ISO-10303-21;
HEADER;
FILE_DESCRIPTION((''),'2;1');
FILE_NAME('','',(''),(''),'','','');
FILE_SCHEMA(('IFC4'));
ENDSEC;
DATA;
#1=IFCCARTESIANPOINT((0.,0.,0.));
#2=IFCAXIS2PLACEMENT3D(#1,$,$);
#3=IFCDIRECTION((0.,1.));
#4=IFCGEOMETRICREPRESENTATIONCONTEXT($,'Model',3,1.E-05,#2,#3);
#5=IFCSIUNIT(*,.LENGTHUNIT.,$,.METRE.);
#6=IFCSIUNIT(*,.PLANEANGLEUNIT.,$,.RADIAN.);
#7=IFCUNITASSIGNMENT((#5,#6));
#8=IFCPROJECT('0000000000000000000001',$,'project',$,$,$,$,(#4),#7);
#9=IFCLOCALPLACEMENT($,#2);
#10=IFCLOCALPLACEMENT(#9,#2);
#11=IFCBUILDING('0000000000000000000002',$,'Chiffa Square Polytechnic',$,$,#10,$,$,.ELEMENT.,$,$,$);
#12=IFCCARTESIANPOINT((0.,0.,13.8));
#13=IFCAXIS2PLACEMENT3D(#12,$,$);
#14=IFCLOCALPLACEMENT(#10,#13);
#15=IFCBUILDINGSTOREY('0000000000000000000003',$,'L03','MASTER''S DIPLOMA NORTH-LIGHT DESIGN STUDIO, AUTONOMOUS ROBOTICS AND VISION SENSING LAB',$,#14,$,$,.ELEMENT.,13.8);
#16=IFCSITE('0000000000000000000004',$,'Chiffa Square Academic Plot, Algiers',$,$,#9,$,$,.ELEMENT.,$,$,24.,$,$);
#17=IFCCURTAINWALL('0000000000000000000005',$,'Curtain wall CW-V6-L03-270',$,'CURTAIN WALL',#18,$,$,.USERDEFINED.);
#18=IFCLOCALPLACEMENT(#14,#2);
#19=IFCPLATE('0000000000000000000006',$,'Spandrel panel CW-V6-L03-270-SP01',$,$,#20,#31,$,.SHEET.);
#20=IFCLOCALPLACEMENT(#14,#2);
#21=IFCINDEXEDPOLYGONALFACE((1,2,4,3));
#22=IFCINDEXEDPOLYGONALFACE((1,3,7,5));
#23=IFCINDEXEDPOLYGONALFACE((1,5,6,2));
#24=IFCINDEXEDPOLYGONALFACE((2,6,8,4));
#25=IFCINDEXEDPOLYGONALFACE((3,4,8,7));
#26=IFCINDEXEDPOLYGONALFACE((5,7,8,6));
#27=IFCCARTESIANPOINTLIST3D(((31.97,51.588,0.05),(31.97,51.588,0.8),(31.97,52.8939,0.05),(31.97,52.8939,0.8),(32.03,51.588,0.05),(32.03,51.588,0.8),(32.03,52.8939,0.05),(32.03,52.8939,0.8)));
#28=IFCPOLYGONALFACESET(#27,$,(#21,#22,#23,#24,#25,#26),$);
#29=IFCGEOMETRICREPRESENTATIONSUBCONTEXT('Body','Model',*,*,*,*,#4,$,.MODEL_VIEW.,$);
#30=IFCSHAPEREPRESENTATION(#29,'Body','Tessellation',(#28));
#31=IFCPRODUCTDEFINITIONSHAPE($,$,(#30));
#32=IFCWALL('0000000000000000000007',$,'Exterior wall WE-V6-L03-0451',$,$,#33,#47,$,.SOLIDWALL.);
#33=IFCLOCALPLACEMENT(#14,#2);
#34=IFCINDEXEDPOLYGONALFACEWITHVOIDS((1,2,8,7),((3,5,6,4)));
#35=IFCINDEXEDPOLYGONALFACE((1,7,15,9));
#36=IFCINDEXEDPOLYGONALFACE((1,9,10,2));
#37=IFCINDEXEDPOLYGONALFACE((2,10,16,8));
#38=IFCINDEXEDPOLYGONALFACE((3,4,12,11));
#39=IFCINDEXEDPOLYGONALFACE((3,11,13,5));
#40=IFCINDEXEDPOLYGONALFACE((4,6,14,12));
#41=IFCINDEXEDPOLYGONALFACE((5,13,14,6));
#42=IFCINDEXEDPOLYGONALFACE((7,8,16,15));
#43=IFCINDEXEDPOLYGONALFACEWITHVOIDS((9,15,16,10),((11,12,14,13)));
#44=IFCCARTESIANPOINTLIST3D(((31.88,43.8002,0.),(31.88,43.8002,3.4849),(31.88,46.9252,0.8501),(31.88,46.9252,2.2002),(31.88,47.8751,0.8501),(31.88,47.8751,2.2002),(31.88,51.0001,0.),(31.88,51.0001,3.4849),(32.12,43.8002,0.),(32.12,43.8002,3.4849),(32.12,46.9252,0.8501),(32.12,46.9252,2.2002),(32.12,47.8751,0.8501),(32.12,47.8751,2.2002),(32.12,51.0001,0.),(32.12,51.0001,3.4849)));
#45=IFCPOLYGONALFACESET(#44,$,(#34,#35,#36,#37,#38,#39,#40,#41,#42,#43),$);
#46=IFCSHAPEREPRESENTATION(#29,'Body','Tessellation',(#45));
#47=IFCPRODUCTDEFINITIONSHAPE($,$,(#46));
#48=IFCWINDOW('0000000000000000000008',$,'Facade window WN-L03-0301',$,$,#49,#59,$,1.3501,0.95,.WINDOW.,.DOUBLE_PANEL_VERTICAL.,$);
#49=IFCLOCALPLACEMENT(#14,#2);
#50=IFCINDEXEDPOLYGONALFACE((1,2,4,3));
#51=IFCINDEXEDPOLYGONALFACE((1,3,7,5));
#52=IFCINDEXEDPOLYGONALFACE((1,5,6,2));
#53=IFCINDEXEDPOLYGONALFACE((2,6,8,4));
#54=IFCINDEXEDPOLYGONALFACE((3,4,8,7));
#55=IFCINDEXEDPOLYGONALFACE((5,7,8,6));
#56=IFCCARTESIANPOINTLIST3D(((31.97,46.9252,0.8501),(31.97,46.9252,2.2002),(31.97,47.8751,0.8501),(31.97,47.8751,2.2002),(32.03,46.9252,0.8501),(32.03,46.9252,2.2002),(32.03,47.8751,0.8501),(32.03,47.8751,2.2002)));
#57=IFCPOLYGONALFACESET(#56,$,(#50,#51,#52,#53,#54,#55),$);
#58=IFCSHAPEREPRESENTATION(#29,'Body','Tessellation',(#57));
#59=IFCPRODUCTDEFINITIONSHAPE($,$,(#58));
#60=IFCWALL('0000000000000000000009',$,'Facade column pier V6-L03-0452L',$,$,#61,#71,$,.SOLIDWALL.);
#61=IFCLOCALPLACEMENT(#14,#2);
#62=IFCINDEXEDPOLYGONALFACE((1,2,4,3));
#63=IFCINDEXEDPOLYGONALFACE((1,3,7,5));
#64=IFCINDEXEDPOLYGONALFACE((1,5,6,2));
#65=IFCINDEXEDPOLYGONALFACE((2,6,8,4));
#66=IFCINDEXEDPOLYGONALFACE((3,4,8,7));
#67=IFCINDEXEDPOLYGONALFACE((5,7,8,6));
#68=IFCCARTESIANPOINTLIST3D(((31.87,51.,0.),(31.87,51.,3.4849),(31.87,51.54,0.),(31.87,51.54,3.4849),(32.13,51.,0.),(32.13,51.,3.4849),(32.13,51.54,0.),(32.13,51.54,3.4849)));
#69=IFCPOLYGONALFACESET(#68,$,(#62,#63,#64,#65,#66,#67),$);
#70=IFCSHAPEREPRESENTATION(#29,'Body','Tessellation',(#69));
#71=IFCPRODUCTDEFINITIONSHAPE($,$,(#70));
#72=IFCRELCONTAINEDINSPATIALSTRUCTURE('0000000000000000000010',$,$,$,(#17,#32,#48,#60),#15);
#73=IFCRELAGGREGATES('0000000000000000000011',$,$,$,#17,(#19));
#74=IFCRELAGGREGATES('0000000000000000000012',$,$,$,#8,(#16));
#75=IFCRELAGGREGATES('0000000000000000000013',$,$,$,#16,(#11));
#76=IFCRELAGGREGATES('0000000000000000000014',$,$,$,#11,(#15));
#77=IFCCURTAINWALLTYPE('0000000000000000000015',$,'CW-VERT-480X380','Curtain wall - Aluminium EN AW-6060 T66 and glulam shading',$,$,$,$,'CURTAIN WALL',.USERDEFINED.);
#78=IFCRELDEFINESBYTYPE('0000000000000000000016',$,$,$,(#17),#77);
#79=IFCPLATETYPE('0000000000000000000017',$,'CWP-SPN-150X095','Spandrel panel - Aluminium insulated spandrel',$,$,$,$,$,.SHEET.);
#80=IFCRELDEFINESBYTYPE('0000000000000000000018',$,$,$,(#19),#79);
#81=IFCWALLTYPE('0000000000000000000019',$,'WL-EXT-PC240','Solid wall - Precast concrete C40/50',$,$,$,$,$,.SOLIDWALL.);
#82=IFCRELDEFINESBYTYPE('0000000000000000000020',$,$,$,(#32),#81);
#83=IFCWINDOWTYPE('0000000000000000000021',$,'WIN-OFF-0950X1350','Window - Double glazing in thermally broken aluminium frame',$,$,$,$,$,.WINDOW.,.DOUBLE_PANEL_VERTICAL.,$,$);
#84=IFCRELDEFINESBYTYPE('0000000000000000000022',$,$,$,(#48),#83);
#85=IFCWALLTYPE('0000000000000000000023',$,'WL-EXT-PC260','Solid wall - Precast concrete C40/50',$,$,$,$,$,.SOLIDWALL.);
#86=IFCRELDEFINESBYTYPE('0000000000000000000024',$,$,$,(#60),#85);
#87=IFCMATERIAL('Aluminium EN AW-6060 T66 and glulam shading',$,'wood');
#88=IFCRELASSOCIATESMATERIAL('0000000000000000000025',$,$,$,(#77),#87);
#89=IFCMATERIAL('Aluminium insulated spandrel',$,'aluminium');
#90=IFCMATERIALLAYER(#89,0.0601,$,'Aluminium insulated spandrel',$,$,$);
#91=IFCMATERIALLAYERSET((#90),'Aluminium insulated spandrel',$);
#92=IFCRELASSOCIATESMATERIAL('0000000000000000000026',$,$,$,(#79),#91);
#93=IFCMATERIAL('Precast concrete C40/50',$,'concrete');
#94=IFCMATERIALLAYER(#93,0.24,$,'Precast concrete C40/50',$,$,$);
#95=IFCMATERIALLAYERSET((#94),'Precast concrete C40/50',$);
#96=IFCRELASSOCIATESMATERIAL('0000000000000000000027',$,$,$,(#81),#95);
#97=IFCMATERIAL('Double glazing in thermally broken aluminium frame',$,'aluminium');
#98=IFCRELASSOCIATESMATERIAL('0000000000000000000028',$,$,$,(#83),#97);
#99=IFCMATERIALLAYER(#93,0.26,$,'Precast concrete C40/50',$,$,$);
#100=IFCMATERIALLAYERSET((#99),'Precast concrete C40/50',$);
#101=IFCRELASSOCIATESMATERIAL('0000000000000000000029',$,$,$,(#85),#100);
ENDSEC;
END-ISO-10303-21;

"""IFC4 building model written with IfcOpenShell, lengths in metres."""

from ifc_helpers import new_model, si_unit, direction, frame, frame_2d, origin, origin_2d, place, context, subcontext, project, spatial, rectangle, extrude, material, layer, layer_set, type_object, element, fill, aggregate, save


model = new_model("IFC4")

# Units and contexts
model_context = context("Model", 3, precision=1e-05, world=origin(), true_north=direction((0.0, 1.0)))
body_context = subcontext(model_context, "Body", "Model", "MODEL_VIEW")
ifc_project = project(units=[si_unit("LENGTHUNIT", "METRE"), si_unit("PLANEANGLEUNIT", "RADIAN")], contexts=[model_context])

# Site, building, storey
site_placement = place(None, origin())
site = spatial("IfcSite", under=ifc_project, at=site_placement, Name="Chiffa Square Academic Plot, Algiers", CompositionType="ELEMENT", RefElevation=24.0)
building_placement = place(site_placement, origin())
building = spatial("IfcBuilding", under=site, at=building_placement, Name="Chiffa Square Polytechnic", CompositionType="ELEMENT")
storey_placement = place(building_placement, frame((0.0, 0.0, 13.8)))
storey = spatial("IfcBuildingStorey", under=building, at=storey_placement, Name="L03", Description="MASTER'S DIPLOMA NORTH-LIGHT DESIGN STUDIO, AUTONOMOUS ROBOTICS AND VISION SENSING LAB", CompositionType="ELEMENT", Elevation=13.8)

# Curtain wall
ifc_material_1 = material(Name="Aluminium EN AW-6060 T66 and glulam shading", Category="wood")
curtain_wall_type = type_object("IfcCurtainWallType", Name="CW-VERT-480X380", Description="Curtain wall - Aluminium EN AW-6060 T66 and glulam shading", ElementType="CURTAIN WALL", PredefinedType="USERDEFINED", material=ifc_material_1)
curtain_wall_placement = place(storey_placement, origin())
curtain_wall = element("IfcCurtainWall", 1, at=curtain_wall_placement, inside=storey, type_object=curtain_wall_type, Name="Curtain wall CW-V6-L03-270", ObjectType="CURTAIN WALL", PredefinedType="USERDEFINED")

# Plate
ifc_material_2 = material(Name="Aluminium insulated spandrel", Category="aluminium")
ifc_layer_1 = layer(ifc_material_2, 0.0601, Name="Aluminium insulated spandrel")
ifc_layer_set_1 = layer_set([ifc_layer_1], Name="Aluminium insulated spandrel")
plate_type_1 = type_object("IfcPlateType", Name="CWP-SPN-150X095", Description="Spandrel panel - Aluminium insulated spandrel", PredefinedType="SHEET", material=ifc_layer_set_1)
plate_1_placement = place(storey_placement, frame((32.0, 52.241, 0.05), z_axis=(0.0, 0.0, 1.0), x_axis=(0.0, 1.0, 0.0)))
plate_1 = element("IfcPlate", 2, at=plate_1_placement, type_object=plate_type_1, Name="Spandrel panel CW-V6-L03-270-SP01", PredefinedType="SHEET", context=body_context, shape_type="SweptSolid", body=[
    extrude(rectangle(XDim=1.3059, YDim=0.0601, at=origin_2d()), origin(), (0.0, 0.0, 1.0), 0.75),
])
aggregate(curtain_wall, [plate_1])

# Wall, opening, window
ifc_material_3 = material(Name="Precast concrete C40/50", Category="concrete")
ifc_layer_2 = layer(ifc_material_3, 0.24, Name="Precast concrete C40/50")
ifc_layer_set_2 = layer_set([ifc_layer_2], Name="Precast concrete C40/50")
wall_type_1 = type_object("IfcWallType", Name="WL-EXT-PC240", Description="Solid wall - Precast concrete C40/50", PredefinedType="SOLIDWALL", material=ifc_layer_set_2)
wall_1_placement = place(storey_placement, frame((32.0, 43.8, 0.0), z_axis=(0.0, 0.0, 1.0), x_axis=(0.0, 1.0, 0.0)))
wall_1 = element("IfcWall", 3, at=wall_1_placement, inside=storey, type_object=wall_type_1, Name="Exterior wall WE-V6-L03-0451", PredefinedType="SOLIDWALL", context=body_context, shape_type="SweptSolid", body=[
    extrude(rectangle(XDim=7.2, YDim=0.24, at=frame_2d((3.6001, 0.0))), origin(), (0.0, 0.0, 1.0), 3.4849),
])
opening_placement = place(wall_1_placement, frame((3.125, 0.0, 0.8501)))
opening = element("IfcOpeningElement", 4, at=opening_placement, cuts=wall_1, PredefinedType="OPENING", context=body_context, shape_type="SweptSolid", body=[
    extrude(rectangle(XDim=0.95, YDim=1.3501, at=frame_2d((0.4751, 0.675))), frame((0.0, 0.1299, 0.0), z_axis=(0.0, -1.0, 0.0), x_axis=(1.0, 0.0, 0.0)), (0.0, 0.0, 1.0), 0.26),
])
ifc_material_4 = material(Name="Double glazing in thermally broken aluminium frame", Category="aluminium")
window_type = type_object("IfcWindowType", Name="WIN-OFF-0950X1350", Description="Window - Double glazing in thermally broken aluminium frame", PartitioningType="DOUBLE_PANEL_VERTICAL", PredefinedType="WINDOW", material=ifc_material_4)
window_placement = place(opening_placement, origin())
window = element("IfcWindow", 5, at=window_placement, inside=storey, type_object=window_type, Name="Facade window WN-L03-0301", OverallHeight=1.3501, OverallWidth=0.95, PartitioningType="DOUBLE_PANEL_VERTICAL", PredefinedType="WINDOW", context=body_context, shape_type="SweptSolid", body=[
    extrude(rectangle(XDim=0.95, YDim=1.3501, at=frame_2d((0.4751, 0.675))), frame((0.0, 0.03, 0.0), z_axis=(0.0, -1.0, 0.0), x_axis=(1.0, 0.0, 0.0)), (0.0, 0.0, 1.0), 0.0601),
])
fill(opening, window)

# Wall
ifc_layer_3 = layer(ifc_material_3, 0.26, Name="Precast concrete C40/50")
ifc_layer_set_3 = layer_set([ifc_layer_3], Name="Precast concrete C40/50")
wall_type_2 = type_object("IfcWallType", Name="WL-EXT-PC260", Description="Solid wall - Precast concrete C40/50", PredefinedType="SOLIDWALL", material=ifc_layer_set_3)
wall_2_placement = place(storey_placement, frame((32.0, 51.0, 0.0), z_axis=(0.0, 0.0, 1.0), x_axis=(0.0, 1.0, 0.0)))
element("IfcWall", 6, at=wall_2_placement, inside=storey, type_object=wall_type_2, Name="Facade column pier V6-L03-0452L", PredefinedType="SOLIDWALL", context=body_context, shape_type="SweptSolid", body=[
    extrude(rectangle(XDim=0.54, YDim=0.26, at=frame_2d((0.27, 0.0))), origin(), (0.0, 0.0, 1.0), 3.4849),
])

save(model, "model.ifc")
